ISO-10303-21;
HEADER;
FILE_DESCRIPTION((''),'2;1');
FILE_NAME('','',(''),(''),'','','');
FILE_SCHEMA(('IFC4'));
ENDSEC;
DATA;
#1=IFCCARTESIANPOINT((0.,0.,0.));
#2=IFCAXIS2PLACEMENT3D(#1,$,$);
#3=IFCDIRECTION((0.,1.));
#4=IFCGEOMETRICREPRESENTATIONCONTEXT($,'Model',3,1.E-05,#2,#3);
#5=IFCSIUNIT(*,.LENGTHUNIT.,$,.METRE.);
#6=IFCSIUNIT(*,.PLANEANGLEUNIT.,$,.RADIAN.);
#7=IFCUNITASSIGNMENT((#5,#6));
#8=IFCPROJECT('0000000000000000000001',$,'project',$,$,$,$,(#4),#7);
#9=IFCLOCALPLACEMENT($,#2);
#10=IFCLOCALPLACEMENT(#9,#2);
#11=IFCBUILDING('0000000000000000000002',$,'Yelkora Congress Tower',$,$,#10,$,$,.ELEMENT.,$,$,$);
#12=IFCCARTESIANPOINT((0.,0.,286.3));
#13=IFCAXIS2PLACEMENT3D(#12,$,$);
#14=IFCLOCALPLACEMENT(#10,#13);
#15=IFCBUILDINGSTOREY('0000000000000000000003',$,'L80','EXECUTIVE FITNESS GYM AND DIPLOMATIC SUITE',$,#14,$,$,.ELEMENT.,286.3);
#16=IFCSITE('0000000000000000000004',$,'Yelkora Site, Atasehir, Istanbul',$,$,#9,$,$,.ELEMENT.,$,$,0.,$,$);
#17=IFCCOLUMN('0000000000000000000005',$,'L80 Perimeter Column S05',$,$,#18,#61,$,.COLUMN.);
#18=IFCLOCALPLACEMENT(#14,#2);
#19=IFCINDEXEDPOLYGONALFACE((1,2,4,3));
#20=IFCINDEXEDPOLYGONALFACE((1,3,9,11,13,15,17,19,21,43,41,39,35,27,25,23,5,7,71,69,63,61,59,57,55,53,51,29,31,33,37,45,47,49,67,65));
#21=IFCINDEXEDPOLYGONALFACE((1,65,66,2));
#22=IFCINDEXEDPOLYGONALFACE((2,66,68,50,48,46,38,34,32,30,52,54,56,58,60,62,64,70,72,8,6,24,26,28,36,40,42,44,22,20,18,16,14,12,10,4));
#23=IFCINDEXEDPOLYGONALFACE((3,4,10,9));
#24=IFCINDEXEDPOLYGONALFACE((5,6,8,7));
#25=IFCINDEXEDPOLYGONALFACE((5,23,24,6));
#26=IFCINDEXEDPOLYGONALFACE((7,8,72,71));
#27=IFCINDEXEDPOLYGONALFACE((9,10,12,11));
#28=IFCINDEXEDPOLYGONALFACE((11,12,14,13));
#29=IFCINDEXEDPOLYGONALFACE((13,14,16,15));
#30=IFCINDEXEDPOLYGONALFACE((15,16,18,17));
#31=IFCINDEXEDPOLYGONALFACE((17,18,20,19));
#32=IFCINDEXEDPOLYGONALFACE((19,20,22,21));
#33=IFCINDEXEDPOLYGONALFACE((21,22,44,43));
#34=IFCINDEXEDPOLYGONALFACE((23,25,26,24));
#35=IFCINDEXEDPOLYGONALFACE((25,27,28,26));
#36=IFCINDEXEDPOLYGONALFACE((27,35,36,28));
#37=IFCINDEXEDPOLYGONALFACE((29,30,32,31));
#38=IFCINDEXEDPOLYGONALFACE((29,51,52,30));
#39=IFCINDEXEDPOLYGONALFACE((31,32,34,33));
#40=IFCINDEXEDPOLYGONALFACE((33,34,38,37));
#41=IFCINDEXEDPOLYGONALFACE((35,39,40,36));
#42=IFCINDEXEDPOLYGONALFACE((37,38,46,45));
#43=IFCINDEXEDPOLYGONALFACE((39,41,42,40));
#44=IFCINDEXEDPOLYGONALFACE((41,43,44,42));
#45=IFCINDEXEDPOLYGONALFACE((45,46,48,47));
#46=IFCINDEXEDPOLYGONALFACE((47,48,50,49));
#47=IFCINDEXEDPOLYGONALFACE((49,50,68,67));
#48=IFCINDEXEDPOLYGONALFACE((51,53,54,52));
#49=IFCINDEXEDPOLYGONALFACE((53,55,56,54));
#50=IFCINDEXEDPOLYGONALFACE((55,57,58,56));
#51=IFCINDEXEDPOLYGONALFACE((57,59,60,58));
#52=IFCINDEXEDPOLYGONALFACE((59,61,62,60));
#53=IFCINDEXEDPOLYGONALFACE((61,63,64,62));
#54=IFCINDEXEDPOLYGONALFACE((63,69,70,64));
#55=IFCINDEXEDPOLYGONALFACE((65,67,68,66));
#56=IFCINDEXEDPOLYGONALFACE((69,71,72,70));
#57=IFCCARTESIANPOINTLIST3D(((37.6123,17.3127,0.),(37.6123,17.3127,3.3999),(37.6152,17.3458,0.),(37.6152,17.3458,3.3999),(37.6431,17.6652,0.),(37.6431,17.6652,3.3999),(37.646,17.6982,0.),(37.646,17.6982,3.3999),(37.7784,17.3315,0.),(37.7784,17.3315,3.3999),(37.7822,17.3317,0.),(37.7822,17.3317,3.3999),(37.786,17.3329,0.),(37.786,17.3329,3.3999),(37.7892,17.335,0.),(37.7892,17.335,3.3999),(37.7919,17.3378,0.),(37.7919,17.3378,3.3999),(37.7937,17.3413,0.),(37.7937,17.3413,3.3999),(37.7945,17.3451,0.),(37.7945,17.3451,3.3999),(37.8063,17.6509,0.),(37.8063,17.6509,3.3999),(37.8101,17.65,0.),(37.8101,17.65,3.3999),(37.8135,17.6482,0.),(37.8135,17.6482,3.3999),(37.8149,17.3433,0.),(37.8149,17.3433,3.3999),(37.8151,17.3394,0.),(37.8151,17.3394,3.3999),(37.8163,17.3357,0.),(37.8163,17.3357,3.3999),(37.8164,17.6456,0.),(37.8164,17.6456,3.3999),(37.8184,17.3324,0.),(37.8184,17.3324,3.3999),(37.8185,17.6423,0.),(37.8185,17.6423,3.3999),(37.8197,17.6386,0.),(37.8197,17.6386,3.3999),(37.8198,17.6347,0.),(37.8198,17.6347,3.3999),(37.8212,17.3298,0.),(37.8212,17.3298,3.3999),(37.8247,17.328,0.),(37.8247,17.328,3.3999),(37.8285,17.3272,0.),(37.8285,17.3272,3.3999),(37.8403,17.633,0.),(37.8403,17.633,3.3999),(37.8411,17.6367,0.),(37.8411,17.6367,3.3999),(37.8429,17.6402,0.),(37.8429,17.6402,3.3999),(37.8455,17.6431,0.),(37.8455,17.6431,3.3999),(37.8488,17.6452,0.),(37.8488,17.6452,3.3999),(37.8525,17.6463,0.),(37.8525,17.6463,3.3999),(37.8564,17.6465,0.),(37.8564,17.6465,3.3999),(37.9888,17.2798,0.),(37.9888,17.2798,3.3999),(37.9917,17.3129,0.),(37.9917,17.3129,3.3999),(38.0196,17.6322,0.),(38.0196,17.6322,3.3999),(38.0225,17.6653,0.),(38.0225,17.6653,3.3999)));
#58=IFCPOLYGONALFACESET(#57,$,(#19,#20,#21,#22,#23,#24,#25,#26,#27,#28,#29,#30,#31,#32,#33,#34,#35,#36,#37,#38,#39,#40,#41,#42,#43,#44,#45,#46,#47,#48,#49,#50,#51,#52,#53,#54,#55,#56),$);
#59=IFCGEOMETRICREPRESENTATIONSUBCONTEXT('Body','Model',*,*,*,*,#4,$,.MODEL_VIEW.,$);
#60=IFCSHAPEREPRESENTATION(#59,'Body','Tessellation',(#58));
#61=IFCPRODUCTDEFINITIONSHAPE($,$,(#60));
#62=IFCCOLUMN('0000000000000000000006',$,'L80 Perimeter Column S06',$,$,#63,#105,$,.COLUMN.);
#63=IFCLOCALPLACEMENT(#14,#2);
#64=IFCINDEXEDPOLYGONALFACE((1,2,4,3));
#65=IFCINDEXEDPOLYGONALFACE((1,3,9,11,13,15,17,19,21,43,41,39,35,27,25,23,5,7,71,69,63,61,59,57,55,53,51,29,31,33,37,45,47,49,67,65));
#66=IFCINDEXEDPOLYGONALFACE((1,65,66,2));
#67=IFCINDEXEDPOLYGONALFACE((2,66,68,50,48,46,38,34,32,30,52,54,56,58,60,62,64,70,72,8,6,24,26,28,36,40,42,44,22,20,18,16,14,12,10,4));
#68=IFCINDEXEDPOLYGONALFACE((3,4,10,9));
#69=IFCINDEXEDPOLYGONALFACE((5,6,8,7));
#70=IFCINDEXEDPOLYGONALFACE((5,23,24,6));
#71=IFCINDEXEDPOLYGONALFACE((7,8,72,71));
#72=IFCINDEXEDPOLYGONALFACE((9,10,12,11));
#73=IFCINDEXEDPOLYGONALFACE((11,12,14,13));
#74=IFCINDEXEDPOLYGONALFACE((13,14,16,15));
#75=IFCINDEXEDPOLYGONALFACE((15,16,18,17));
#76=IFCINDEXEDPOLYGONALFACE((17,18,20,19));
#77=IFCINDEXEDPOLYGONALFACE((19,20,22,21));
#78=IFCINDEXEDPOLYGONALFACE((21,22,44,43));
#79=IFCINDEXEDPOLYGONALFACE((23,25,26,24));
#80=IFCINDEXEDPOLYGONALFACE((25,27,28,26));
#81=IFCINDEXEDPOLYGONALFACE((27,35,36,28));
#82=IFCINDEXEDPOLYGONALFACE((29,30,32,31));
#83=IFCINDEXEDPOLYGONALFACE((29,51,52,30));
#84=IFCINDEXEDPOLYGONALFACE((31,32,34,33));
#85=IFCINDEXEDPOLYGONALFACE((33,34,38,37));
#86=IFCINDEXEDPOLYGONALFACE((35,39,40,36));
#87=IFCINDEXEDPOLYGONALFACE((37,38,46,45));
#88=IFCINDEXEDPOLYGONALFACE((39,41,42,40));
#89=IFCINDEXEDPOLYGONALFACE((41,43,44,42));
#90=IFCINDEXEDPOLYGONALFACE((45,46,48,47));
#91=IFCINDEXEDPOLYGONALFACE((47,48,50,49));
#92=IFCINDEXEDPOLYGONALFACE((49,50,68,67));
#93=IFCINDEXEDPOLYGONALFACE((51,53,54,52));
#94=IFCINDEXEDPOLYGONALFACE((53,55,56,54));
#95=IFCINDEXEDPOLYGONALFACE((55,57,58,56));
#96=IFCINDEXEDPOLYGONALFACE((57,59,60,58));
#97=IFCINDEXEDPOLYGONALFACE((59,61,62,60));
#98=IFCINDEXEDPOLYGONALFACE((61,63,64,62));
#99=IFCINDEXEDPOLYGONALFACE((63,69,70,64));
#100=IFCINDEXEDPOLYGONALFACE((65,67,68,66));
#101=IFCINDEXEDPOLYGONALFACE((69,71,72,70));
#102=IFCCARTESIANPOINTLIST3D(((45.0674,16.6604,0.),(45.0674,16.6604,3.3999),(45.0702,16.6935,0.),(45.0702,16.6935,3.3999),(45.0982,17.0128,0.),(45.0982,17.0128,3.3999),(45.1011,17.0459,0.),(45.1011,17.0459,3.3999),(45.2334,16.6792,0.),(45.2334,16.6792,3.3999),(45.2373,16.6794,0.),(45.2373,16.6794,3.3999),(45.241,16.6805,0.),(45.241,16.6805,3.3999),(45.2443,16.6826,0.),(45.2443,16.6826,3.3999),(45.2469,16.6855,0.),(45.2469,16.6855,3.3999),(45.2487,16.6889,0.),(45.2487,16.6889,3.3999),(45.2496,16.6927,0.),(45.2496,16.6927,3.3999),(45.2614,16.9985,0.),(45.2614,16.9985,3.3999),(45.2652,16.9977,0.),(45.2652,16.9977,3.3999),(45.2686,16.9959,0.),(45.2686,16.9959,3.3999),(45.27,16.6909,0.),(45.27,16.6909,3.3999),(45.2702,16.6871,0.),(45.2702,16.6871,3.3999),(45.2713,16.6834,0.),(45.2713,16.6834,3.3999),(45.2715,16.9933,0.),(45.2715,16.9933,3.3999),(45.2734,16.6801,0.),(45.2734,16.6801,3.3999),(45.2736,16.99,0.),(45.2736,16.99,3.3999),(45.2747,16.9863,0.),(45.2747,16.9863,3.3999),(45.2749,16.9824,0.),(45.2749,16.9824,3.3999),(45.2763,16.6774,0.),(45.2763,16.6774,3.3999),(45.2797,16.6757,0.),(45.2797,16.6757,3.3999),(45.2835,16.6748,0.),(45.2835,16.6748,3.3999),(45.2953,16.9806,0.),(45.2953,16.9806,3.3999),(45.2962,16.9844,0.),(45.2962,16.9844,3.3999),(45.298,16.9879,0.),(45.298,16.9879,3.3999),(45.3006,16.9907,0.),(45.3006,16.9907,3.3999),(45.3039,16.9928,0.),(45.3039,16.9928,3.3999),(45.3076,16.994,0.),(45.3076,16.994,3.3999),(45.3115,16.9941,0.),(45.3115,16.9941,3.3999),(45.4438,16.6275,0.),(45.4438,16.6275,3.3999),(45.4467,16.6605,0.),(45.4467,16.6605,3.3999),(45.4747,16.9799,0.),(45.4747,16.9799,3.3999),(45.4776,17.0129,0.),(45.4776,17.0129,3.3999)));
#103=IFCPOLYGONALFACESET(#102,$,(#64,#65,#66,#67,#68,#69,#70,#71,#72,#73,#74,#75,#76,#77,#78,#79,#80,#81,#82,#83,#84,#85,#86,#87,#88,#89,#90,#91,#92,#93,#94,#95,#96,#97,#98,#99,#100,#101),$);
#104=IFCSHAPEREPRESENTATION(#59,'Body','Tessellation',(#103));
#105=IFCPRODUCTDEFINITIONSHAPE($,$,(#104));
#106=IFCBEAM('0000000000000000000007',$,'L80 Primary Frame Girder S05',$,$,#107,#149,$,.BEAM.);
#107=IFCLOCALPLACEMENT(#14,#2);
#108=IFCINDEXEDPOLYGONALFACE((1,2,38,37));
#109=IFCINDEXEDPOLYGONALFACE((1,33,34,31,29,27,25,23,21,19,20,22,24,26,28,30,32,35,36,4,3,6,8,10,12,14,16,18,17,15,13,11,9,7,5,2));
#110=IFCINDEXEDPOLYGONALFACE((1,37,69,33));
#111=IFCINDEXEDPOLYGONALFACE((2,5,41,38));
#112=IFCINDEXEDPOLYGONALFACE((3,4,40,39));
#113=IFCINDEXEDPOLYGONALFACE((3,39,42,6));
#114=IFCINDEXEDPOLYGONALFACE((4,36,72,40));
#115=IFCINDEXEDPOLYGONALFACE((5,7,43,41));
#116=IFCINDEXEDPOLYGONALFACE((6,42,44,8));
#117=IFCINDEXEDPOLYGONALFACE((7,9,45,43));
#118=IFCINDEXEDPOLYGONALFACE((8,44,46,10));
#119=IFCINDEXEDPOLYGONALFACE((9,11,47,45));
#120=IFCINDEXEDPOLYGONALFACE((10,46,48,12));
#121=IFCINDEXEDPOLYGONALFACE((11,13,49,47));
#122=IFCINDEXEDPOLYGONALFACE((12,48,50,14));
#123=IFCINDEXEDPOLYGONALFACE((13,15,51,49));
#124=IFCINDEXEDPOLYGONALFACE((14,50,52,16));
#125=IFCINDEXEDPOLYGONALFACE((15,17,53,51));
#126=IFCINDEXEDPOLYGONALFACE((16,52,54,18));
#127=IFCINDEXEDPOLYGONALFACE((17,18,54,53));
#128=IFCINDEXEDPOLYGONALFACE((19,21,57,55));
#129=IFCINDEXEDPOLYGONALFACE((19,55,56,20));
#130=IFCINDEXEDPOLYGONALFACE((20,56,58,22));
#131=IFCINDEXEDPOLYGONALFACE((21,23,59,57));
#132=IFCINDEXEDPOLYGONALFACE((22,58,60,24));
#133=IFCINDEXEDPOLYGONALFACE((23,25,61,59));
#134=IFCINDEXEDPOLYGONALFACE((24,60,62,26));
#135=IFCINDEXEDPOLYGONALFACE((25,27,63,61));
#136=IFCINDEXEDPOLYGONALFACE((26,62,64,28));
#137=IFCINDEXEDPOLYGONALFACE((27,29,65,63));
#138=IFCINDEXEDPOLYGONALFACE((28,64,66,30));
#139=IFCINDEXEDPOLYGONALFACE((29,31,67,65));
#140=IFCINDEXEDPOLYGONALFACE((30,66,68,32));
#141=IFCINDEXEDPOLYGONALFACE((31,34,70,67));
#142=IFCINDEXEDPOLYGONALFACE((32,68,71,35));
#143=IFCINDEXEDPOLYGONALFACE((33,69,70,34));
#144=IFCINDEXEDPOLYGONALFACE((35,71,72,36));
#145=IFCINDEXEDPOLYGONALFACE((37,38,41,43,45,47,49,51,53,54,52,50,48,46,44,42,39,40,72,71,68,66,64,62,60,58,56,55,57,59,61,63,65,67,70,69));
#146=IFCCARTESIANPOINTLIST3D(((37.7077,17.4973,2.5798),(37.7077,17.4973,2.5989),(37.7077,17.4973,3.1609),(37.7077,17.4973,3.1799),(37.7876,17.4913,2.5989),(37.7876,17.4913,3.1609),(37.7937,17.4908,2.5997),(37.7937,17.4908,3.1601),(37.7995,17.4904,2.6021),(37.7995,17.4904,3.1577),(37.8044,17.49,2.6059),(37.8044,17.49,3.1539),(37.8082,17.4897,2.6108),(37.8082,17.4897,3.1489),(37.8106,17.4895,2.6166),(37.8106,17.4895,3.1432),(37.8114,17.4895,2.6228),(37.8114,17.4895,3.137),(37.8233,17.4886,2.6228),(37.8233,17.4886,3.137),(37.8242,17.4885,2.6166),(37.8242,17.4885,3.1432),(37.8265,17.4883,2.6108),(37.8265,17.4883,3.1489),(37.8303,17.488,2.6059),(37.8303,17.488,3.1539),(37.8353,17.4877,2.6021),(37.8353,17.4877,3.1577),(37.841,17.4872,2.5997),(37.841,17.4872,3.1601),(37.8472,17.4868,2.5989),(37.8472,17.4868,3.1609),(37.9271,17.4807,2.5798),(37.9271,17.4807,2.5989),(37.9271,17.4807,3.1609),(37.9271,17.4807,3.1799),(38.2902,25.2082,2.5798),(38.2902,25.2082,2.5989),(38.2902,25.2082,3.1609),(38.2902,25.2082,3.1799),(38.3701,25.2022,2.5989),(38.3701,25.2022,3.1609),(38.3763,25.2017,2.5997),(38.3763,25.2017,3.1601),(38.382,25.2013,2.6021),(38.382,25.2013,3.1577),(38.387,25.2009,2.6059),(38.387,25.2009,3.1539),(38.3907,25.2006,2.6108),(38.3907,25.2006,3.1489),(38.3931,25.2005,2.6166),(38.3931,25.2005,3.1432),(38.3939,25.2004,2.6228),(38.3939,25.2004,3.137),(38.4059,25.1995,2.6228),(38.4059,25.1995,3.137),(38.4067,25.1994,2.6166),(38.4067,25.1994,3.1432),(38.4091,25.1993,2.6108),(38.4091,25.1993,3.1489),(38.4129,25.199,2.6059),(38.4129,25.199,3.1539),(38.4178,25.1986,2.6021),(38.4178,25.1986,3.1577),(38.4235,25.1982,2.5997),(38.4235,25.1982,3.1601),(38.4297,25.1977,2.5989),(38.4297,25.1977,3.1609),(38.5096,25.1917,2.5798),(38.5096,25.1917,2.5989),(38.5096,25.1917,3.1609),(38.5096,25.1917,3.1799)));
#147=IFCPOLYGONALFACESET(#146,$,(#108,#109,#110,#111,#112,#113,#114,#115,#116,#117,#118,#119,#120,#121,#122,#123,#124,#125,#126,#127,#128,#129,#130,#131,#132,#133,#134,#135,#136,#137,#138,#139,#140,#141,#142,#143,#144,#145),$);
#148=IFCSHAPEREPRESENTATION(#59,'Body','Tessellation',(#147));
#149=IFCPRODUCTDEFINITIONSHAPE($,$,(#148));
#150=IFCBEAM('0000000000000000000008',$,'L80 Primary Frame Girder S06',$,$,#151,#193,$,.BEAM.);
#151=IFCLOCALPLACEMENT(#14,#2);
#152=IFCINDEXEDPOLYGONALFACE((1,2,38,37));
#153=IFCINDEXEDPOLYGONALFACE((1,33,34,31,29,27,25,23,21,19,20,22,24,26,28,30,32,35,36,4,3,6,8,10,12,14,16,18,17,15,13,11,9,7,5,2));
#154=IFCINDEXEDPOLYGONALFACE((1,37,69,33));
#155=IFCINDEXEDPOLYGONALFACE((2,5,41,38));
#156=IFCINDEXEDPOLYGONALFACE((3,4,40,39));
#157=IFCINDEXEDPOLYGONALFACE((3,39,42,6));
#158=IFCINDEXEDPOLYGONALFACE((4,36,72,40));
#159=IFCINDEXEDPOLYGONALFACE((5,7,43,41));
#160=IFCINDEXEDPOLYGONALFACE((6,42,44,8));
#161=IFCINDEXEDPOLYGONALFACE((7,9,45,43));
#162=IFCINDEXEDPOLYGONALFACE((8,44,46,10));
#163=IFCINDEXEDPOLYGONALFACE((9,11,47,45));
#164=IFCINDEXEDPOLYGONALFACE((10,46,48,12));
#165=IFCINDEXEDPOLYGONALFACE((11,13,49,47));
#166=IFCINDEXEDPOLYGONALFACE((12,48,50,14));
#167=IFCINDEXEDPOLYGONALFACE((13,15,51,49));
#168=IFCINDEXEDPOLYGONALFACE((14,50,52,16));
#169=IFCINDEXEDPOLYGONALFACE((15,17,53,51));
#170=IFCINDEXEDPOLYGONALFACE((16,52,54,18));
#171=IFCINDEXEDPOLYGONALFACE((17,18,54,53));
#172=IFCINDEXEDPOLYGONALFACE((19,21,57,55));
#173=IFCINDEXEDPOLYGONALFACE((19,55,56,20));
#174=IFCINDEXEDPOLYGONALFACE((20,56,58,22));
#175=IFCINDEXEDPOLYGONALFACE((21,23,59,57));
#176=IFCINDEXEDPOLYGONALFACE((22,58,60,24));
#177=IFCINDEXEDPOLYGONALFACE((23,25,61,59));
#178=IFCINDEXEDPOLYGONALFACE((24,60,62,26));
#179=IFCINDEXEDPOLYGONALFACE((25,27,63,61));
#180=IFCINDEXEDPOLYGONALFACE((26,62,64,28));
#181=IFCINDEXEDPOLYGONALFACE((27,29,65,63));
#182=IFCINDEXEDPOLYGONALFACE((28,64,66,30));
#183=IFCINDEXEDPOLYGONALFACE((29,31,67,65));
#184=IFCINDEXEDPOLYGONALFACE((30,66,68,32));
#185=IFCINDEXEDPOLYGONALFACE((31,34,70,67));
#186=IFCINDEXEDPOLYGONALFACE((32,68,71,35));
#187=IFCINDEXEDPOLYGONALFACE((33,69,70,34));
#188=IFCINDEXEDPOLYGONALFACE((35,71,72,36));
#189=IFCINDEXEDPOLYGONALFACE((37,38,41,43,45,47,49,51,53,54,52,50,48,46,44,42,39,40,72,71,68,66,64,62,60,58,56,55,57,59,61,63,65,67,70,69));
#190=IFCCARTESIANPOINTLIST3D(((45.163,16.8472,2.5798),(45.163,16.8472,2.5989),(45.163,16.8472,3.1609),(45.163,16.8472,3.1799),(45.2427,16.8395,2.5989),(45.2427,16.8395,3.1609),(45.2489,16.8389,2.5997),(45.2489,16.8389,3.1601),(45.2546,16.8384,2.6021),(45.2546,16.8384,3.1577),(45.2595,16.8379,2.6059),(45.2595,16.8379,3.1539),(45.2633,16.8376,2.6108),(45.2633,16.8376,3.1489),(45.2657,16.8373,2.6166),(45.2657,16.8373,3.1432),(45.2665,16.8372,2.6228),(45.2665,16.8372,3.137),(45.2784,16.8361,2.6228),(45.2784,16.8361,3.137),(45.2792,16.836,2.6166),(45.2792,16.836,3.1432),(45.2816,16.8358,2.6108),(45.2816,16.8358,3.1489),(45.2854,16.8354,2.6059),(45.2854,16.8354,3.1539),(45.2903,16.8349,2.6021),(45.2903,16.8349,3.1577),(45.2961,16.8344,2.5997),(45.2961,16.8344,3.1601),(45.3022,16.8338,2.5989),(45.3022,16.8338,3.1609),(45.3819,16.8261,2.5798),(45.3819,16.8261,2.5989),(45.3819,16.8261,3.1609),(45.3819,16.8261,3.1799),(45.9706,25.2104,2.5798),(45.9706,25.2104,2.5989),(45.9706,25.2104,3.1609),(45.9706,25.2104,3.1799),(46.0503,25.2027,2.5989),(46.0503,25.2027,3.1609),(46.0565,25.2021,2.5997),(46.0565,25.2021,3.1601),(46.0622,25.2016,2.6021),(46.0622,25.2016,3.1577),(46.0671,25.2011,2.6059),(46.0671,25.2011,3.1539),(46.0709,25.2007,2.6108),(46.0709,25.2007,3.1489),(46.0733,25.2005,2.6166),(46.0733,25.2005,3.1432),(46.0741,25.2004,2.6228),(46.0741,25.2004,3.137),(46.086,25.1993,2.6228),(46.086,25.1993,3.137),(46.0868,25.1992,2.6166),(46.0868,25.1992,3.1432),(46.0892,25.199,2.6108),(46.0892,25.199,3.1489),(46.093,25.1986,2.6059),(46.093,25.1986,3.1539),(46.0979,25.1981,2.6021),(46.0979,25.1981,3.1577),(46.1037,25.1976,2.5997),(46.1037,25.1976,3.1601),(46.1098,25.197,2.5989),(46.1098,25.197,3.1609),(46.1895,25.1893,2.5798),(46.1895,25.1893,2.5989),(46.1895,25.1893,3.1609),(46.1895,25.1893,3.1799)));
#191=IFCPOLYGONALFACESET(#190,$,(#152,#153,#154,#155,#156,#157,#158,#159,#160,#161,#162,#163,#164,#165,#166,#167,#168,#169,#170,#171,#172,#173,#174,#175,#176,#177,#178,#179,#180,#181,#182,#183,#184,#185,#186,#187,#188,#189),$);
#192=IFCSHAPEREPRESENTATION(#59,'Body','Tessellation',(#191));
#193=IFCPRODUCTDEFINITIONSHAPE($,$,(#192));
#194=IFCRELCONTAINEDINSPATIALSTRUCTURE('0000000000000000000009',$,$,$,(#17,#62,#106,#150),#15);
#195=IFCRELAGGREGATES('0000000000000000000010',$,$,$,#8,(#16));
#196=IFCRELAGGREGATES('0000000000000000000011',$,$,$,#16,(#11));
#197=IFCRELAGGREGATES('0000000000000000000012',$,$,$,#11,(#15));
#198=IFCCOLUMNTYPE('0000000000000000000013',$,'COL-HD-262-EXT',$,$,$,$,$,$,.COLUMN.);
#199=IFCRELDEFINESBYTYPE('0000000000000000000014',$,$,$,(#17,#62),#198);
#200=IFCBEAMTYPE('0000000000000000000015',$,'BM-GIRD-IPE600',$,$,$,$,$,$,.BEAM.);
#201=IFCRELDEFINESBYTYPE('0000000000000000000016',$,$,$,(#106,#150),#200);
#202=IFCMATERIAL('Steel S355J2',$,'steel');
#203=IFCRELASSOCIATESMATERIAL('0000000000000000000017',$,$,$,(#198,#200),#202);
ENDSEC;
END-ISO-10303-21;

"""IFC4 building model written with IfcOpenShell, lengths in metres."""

from ifc_helpers import new_model, si_unit, direction, frame, origin, origin_2d, place, context, subcontext, project, spatial, i_section, extrude, material, material_profile, profile_set, type_object, element, save


model = new_model("IFC4")

# Units and contexts
model_context = context("Model", 3, precision=1e-05, world=origin(), true_north=direction((0.0, 1.0)))
body_context = subcontext(model_context, "Body", "Model", "MODEL_VIEW")
ifc_project = project(units=[si_unit("LENGTHUNIT", "METRE"), si_unit("PLANEANGLEUNIT", "RADIAN")], contexts=[model_context])

# Site, building, storey
site_placement = place(None, origin())
site = spatial("IfcSite", under=ifc_project, at=site_placement, Name="Yelkora Site, Atasehir, Istanbul", CompositionType="ELEMENT", RefElevation=0.0)
building_placement = place(site_placement, origin())
building = spatial("IfcBuilding", under=site, at=building_placement, Name="Yelkora Congress Tower", CompositionType="ELEMENT")
storey_placement = place(building_placement, frame((0.0, 0.0, 286.3)))
storey = spatial("IfcBuildingStorey", under=building, at=storey_placement, Name="L80", Description="EXECUTIVE FITNESS GYM AND DIPLOMATIC SUITE", CompositionType="ELEMENT", Elevation=286.3)

# Columns
ifc_material_1 = material(Name="Steel S355J2", Category="steel")
ifc_material_profile_1 = material_profile(ifc_material_1, i_section(OverallWidth=0.3779, OverallDepth=0.387, WebThickness=0.0205, FlangeThickness=0.0332, FilletRadius=0.0149, at=origin_2d()), Name="HD 360x262")
ifc_profile_set_1 = profile_set([ifc_material_profile_1], Name="Steel S355J2")
column_type = type_object("IfcColumnType", Name="COL-HD-262-EXT", PredefinedType="COLUMN", material=ifc_profile_set_1)
for number, where, z_axis, x_axis, name in (
    (1, (37.8174, 17.489, 0.0), (0.0, 0.0, 1.0), (0.996195, -0.087156, 0.0), "L80 Perimeter Column S05"),
    (2, (45.2725, 16.8367, 0.0), (0.0, 0.0, 1.0), (0.996195, -0.087156, 0.0), "L80 Perimeter Column S06"),
):
    element("IfcColumn", number, at=place(storey_placement, frame(where, z_axis=z_axis, x_axis=x_axis)), inside=storey, type_object=column_type, Name=name, PredefinedType="COLUMN", context=body_context, shape_type="SweptSolid", body=[
        extrude(i_section(OverallWidth=0.3779, OverallDepth=0.387, WebThickness=0.0205, FlangeThickness=0.0332, FilletRadius=0.0149, at=origin_2d()), origin(), (0.0, 0.0, 1.0), 3.3999),
    ])

# Beams
ifc_material_profile_2 = material_profile(ifc_material_1, i_section(OverallWidth=0.22, OverallDepth=0.6001, WebThickness=0.012, FlangeThickness=0.019, FilletRadius=0.0239, at=origin_2d()), Name="IPE 600")
ifc_profile_set_2 = profile_set([ifc_material_profile_2], Name="Steel S355J2")
beam_type_1 = type_object("IfcBeamType", Name="BM-GIRD-IPE600", PredefinedType="BEAM", material=ifc_profile_set_2)
beam_1_placement = place(storey_placement, frame((37.8174, 17.489, 2.8799), z_axis=(0.07533, 0.997159, 0.0), x_axis=(-0.997159, 0.07533, 0.0)))
element("IfcBeam", 3, at=beam_1_placement, inside=storey, type_object=beam_type_1, Name="L80 Primary Frame Girder S05", PredefinedType="BEAM", context=body_context, shape_type="SweptSolid", body=[
    extrude(i_section(OverallWidth=0.22, OverallDepth=0.6001, WebThickness=0.012, FlangeThickness=0.019, FilletRadius=0.0239, at=origin_2d()), origin(), (0.0, 0.0, 1.0), 7.7329),
])
beam_2_placement = place(storey_placement, frame((45.2725, 16.8367, 2.8799), z_axis=(0.09612, 0.99537, 0.0), x_axis=(-0.99537, 0.09612, 0.0)))
element("IfcBeam", 4, at=beam_2_placement, inside=storey, type_object=beam_type_1, Name="L80 Primary Frame Girder S06", PredefinedType="BEAM", context=body_context, shape_type="SweptSolid", body=[
    extrude(i_section(OverallWidth=0.22, OverallDepth=0.6001, WebThickness=0.012, FlangeThickness=0.019, FilletRadius=0.0239, at=origin_2d()), origin(), (0.0, 0.0, 1.0), 8.4021),
])

save(model, "model.ifc")
